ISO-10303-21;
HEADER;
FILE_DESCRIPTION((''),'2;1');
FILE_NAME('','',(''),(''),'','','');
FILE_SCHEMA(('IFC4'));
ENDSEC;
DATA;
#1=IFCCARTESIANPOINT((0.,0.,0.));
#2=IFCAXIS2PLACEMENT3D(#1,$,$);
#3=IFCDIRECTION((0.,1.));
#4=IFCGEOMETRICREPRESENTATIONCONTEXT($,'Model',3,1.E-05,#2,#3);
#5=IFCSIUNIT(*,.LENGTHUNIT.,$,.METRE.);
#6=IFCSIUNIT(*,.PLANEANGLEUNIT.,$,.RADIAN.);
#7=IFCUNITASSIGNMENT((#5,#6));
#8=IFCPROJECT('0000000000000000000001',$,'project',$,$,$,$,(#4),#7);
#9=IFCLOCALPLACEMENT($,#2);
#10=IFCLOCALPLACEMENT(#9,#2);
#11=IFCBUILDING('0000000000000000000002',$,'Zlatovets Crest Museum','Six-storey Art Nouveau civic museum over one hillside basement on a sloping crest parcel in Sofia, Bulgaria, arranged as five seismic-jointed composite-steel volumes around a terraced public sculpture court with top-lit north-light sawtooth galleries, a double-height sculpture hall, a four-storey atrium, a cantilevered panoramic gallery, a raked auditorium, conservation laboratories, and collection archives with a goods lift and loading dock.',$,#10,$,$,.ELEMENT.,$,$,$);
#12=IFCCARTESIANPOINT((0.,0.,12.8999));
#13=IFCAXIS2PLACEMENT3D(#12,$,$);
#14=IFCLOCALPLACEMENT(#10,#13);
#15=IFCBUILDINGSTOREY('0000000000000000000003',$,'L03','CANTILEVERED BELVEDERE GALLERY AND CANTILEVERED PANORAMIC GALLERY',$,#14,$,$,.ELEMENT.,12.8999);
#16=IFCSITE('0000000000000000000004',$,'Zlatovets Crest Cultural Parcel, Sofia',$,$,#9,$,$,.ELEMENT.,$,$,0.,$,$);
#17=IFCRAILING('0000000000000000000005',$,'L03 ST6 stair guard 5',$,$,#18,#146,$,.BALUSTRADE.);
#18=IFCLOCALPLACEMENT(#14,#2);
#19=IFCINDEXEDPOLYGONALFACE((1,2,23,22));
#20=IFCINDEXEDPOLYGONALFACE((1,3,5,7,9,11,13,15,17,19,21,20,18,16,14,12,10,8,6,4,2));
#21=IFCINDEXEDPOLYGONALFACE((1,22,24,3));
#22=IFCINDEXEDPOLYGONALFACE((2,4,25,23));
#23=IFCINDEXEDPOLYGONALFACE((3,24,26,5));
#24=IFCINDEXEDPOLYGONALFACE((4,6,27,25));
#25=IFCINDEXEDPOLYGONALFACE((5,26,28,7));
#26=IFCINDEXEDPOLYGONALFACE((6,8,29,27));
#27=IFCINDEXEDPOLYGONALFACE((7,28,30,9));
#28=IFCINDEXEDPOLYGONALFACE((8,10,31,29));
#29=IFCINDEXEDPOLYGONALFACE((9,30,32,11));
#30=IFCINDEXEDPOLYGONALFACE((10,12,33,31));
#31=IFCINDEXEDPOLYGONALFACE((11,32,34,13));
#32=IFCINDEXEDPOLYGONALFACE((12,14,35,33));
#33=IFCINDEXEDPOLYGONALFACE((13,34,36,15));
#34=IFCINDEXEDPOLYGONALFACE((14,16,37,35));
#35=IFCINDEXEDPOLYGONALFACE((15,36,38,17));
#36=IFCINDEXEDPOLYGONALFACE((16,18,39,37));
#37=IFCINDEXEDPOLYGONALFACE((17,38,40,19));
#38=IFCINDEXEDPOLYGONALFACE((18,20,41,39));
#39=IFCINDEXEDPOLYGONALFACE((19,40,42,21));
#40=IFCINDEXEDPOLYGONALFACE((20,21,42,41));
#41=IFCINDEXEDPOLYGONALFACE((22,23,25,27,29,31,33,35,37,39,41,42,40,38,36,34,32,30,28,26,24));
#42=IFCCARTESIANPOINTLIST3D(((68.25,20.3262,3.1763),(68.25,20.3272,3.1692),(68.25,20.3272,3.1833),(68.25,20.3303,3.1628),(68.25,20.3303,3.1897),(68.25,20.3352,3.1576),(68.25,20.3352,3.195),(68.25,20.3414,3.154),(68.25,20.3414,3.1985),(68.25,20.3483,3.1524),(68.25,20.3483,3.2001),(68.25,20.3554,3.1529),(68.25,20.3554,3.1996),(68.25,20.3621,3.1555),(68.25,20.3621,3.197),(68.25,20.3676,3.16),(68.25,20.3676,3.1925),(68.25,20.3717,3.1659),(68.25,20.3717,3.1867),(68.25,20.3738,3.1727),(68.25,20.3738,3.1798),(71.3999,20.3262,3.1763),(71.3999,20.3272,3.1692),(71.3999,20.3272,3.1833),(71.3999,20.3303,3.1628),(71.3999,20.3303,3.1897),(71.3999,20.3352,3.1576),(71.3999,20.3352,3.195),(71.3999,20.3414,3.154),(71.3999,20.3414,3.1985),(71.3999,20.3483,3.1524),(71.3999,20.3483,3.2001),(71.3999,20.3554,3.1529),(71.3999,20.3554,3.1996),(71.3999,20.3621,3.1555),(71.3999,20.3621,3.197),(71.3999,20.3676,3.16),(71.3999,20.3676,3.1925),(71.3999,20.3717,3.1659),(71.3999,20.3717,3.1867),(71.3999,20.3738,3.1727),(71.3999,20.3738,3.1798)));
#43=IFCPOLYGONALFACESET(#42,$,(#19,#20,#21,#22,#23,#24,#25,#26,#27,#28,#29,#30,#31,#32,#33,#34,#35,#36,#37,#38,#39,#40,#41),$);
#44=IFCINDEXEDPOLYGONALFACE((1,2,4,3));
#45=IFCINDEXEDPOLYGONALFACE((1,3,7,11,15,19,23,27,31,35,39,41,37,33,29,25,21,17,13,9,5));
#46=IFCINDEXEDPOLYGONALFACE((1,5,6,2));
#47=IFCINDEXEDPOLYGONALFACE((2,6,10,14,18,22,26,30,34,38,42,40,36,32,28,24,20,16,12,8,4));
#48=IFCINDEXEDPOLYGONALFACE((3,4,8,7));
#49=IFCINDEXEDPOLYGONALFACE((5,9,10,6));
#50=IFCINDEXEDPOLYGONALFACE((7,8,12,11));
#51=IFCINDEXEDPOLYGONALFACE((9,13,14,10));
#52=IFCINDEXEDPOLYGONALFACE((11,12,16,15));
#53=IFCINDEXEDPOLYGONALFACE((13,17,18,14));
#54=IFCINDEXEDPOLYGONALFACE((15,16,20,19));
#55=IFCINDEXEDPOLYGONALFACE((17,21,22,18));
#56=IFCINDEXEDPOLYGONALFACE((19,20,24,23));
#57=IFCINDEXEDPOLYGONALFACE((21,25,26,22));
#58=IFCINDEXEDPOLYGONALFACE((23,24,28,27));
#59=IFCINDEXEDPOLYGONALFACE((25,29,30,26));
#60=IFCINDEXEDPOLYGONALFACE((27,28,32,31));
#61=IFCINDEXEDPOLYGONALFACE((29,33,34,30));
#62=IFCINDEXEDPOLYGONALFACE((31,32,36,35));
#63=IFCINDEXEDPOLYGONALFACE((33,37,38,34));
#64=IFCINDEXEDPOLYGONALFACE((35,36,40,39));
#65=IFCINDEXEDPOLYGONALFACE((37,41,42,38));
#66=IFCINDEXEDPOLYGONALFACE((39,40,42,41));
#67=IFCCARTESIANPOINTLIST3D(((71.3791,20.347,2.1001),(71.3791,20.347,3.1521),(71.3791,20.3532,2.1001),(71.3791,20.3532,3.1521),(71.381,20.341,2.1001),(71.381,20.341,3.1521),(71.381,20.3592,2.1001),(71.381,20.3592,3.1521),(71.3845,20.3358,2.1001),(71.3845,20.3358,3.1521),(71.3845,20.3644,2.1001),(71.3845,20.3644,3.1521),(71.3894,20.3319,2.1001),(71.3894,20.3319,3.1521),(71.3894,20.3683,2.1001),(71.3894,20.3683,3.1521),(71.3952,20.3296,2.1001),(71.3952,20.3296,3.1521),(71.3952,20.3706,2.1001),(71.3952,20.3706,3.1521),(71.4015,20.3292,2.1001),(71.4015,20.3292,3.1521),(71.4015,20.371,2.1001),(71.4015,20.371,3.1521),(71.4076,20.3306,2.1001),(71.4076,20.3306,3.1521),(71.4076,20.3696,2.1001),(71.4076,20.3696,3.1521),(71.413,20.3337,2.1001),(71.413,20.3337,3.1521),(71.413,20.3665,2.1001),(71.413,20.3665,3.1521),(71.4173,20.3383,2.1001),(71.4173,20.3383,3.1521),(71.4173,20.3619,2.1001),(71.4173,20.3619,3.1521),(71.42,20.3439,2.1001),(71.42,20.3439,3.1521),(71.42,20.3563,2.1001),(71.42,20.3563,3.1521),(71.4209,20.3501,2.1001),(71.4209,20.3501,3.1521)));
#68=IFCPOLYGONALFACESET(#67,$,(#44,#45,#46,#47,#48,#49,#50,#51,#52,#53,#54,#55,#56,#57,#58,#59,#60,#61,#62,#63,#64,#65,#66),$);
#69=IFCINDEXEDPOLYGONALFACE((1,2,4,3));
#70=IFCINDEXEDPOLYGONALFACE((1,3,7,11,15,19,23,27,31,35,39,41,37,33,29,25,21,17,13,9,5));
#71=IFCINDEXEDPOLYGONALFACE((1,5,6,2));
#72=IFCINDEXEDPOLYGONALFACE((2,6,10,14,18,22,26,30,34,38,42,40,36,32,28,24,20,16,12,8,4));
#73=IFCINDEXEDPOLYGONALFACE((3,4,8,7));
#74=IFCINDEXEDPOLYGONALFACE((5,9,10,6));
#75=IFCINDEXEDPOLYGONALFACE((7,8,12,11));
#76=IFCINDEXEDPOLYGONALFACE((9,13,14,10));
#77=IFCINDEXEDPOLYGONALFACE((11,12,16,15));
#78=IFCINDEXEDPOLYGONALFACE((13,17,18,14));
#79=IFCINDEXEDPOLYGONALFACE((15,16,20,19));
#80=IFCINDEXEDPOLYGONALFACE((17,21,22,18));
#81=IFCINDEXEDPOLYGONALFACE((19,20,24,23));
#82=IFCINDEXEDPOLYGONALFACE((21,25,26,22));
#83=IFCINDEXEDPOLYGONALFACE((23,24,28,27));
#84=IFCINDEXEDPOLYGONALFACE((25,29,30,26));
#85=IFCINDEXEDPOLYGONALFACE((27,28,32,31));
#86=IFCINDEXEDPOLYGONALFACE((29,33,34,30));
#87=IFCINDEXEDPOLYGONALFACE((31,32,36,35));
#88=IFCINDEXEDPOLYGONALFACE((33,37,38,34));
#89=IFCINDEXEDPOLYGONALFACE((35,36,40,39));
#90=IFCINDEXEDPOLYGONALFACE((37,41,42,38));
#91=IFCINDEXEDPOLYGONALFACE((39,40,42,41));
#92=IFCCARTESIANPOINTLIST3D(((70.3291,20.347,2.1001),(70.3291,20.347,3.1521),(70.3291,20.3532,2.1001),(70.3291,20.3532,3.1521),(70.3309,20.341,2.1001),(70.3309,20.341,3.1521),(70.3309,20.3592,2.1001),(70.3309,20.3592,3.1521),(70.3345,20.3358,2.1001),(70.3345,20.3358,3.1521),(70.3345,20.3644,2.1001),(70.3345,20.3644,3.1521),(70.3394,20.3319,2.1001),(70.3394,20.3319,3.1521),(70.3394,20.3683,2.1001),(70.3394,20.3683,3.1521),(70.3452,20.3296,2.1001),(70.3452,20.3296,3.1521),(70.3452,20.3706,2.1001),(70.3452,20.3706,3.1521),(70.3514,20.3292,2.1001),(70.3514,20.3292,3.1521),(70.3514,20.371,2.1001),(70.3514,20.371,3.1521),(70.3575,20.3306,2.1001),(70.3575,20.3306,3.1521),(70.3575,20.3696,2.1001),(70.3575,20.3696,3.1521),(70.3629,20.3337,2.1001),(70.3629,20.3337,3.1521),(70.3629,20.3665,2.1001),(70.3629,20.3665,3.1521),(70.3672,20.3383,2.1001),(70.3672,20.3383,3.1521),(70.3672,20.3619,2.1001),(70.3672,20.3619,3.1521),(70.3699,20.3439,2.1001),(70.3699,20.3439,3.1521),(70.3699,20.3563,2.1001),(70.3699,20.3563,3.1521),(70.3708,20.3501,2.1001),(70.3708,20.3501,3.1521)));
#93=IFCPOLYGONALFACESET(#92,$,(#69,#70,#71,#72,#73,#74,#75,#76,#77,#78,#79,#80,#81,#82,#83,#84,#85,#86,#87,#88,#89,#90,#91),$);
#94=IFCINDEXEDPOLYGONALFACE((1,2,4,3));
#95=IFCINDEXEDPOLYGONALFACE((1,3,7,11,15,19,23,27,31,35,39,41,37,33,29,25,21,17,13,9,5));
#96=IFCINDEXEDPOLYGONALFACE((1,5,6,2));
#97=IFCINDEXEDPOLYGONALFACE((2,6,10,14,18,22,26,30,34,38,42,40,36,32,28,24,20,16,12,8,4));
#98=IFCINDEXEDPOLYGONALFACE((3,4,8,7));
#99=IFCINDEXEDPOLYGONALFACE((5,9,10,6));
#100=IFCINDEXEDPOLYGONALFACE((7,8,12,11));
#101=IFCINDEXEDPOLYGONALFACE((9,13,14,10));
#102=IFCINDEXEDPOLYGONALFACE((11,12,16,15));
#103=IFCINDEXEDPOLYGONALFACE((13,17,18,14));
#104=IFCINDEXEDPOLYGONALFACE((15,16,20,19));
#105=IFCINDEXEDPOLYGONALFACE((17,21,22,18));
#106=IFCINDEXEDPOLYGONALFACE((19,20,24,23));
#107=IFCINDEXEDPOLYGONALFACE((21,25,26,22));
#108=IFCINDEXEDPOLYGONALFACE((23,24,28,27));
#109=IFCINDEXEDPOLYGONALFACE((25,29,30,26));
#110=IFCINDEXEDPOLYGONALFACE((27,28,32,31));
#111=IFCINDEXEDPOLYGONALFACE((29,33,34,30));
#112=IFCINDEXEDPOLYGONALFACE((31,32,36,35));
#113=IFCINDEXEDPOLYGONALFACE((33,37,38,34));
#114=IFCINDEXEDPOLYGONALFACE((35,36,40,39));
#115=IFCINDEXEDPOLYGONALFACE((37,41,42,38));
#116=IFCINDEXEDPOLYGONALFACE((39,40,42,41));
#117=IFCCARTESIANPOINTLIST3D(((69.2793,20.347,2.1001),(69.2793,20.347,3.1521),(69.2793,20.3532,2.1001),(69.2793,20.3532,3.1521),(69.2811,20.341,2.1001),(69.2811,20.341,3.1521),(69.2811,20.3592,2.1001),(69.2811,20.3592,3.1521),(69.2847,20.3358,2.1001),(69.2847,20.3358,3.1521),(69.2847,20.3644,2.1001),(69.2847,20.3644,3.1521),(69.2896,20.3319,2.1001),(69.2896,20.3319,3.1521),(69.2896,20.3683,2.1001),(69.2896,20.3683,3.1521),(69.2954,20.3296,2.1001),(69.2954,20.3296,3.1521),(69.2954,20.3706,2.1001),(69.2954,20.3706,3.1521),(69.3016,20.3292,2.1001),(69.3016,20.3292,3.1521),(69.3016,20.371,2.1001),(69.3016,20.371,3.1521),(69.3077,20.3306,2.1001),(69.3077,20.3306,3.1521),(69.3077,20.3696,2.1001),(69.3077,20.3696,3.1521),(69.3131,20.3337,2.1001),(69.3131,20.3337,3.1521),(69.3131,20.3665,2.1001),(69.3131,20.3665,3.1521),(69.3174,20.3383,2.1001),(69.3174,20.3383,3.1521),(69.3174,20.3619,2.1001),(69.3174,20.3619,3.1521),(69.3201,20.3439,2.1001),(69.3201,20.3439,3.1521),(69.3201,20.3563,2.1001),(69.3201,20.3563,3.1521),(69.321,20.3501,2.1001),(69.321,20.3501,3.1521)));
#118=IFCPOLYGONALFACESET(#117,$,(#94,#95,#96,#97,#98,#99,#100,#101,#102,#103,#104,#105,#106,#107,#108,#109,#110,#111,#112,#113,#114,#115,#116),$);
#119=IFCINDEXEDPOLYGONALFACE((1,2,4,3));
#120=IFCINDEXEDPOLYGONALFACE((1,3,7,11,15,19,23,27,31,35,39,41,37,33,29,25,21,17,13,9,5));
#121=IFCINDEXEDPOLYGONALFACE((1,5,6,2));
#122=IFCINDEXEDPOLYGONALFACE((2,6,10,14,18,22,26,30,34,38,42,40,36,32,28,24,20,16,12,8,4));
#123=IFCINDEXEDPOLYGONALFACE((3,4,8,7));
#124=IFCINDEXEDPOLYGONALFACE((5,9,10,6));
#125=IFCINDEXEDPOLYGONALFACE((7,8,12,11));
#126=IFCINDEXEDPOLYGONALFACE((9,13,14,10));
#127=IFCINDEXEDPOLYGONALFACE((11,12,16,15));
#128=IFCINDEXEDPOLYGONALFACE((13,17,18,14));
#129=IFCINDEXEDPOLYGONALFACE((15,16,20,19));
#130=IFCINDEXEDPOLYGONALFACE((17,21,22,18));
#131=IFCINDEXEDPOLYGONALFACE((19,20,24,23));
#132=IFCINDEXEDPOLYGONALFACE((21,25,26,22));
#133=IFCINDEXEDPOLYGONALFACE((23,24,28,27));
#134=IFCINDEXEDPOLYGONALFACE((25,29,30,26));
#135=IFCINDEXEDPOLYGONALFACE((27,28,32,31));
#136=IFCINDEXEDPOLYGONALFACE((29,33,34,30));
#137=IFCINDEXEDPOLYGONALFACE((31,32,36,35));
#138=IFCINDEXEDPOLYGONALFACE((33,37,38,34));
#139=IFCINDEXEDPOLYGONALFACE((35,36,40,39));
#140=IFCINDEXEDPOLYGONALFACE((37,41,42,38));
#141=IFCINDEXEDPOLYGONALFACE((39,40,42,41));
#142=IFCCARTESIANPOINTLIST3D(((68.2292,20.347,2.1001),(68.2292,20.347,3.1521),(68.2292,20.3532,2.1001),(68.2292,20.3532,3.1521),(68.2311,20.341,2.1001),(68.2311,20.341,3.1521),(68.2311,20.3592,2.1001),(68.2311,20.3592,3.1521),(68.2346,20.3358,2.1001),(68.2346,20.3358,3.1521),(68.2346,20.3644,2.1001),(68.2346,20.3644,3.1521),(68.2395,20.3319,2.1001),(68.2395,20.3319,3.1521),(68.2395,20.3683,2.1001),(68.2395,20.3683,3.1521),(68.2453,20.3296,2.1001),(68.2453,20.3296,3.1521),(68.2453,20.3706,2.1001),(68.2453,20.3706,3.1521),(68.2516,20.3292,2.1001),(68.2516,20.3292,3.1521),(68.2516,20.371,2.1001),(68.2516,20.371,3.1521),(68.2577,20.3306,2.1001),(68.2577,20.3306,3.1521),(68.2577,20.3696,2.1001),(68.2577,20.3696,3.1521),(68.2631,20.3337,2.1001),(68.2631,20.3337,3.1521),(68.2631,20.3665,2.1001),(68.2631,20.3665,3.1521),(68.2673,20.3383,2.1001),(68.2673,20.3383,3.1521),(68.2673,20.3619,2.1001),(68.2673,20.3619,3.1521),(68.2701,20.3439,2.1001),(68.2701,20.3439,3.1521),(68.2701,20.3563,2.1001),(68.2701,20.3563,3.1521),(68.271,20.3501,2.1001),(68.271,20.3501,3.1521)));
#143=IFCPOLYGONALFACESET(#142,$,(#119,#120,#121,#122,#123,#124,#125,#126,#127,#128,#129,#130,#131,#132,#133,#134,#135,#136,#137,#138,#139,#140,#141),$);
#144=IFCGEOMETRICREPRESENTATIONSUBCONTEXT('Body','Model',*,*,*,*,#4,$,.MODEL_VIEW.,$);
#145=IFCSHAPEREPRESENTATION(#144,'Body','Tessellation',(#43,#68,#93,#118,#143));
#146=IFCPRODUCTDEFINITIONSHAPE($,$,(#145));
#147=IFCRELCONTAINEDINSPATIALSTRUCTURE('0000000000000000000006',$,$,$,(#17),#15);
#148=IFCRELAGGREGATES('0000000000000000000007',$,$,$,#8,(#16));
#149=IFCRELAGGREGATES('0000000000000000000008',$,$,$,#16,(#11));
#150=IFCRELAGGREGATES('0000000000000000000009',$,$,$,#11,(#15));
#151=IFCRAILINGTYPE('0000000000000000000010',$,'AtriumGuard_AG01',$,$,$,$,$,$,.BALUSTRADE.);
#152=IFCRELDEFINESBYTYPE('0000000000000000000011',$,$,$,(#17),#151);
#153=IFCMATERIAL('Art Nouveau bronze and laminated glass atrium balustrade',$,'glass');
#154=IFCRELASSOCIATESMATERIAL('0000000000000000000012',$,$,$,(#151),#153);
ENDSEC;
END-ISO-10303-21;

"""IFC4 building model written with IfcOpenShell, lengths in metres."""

from ifc_helpers import new_model, si_unit, direction, frame, origin, origin_2d, place, context, subcontext, project, spatial, circle, extrude, material, type_object, element, save


model = new_model("IFC4")

# Units and contexts
model_context = context("Model", 3, precision=1e-05, world=origin(), true_north=direction((0.0, 1.0)))
body_context = subcontext(model_context, "Body", "Model", "MODEL_VIEW")
ifc_project = project(units=[si_unit("LENGTHUNIT", "METRE"), si_unit("PLANEANGLEUNIT", "RADIAN")], contexts=[model_context])

# Site, building, storey
site_placement = place(None, origin())
site = spatial("IfcSite", under=ifc_project, at=site_placement, Name="Zlatovets Crest Cultural Parcel, Sofia", CompositionType="ELEMENT", RefElevation=0.0)
building_placement = place(site_placement, origin())
building = spatial("IfcBuilding", under=site, at=building_placement, Name="Zlatovets Crest Museum", Description="Six-storey Art Nouveau civic museum over one hillside basement on a sloping crest parcel in Sofia, Bulgaria, arranged as five seismic-jointed composite-steel volumes around a terraced public sculpture court with top-lit north-light sawtooth galleries, a double-height sculpture hall, a four-storey atrium, a cantilevered panoramic gallery, a raked auditorium, conservation laboratories, and collection archives with a goods lift and loading dock.", CompositionType="ELEMENT")
storey_placement = place(building_placement, frame((0.0, 0.0, 12.8999)))
storey = spatial("IfcBuildingStorey", under=building, at=storey_placement, Name="L03", Description="CANTILEVERED BELVEDERE GALLERY AND CANTILEVERED PANORAMIC GALLERY", CompositionType="ELEMENT", Elevation=12.8999)

# Railing
ifc_material_1 = material(Name="Art Nouveau bronze and laminated glass atrium balustrade", Category="glass")
railing_type = type_object("IfcRailingType", Name="AtriumGuard_AG01", PredefinedType="BALUSTRADE", material=ifc_material_1)
railing_1_placement = place(storey_placement, frame((71.3999, 20.3501, 2.1001)))
element("IfcRailing", 1, at=railing_1_placement, inside=storey, type_object=railing_type, Name="L03 ST6 stair guard 5", PredefinedType="BALUSTRADE", context=body_context, shape_type="SweptSolid", body=[
    extrude(circle(Radius=0.0239, at=origin_2d()), frame((0.0, 0.0, 1.0762), z_axis=(-1.0, 0.0, 0.0), x_axis=(0.0, -1.0, 0.0)), (0.0, 0.0, 1.0), 3.1499),
    extrude(circle(Radius=0.021, at=origin_2d()), origin(), (0.0, 0.0, 1.0), 1.052),
    extrude(circle(Radius=0.021, at=origin_2d()), frame((-1.05, 0.0, 0.0)), (0.0, 0.0, 1.0), 1.052),
    extrude(circle(Radius=0.021, at=origin_2d()), frame((-2.0999, 0.0, 0.0)), (0.0, 0.0, 1.0), 1.052),
    extrude(circle(Radius=0.021, at=origin_2d()), frame((-3.1499, 0.0, 0.0)), (0.0, 0.0, 1.0), 1.052),
])

save(model, "model.ifc")
